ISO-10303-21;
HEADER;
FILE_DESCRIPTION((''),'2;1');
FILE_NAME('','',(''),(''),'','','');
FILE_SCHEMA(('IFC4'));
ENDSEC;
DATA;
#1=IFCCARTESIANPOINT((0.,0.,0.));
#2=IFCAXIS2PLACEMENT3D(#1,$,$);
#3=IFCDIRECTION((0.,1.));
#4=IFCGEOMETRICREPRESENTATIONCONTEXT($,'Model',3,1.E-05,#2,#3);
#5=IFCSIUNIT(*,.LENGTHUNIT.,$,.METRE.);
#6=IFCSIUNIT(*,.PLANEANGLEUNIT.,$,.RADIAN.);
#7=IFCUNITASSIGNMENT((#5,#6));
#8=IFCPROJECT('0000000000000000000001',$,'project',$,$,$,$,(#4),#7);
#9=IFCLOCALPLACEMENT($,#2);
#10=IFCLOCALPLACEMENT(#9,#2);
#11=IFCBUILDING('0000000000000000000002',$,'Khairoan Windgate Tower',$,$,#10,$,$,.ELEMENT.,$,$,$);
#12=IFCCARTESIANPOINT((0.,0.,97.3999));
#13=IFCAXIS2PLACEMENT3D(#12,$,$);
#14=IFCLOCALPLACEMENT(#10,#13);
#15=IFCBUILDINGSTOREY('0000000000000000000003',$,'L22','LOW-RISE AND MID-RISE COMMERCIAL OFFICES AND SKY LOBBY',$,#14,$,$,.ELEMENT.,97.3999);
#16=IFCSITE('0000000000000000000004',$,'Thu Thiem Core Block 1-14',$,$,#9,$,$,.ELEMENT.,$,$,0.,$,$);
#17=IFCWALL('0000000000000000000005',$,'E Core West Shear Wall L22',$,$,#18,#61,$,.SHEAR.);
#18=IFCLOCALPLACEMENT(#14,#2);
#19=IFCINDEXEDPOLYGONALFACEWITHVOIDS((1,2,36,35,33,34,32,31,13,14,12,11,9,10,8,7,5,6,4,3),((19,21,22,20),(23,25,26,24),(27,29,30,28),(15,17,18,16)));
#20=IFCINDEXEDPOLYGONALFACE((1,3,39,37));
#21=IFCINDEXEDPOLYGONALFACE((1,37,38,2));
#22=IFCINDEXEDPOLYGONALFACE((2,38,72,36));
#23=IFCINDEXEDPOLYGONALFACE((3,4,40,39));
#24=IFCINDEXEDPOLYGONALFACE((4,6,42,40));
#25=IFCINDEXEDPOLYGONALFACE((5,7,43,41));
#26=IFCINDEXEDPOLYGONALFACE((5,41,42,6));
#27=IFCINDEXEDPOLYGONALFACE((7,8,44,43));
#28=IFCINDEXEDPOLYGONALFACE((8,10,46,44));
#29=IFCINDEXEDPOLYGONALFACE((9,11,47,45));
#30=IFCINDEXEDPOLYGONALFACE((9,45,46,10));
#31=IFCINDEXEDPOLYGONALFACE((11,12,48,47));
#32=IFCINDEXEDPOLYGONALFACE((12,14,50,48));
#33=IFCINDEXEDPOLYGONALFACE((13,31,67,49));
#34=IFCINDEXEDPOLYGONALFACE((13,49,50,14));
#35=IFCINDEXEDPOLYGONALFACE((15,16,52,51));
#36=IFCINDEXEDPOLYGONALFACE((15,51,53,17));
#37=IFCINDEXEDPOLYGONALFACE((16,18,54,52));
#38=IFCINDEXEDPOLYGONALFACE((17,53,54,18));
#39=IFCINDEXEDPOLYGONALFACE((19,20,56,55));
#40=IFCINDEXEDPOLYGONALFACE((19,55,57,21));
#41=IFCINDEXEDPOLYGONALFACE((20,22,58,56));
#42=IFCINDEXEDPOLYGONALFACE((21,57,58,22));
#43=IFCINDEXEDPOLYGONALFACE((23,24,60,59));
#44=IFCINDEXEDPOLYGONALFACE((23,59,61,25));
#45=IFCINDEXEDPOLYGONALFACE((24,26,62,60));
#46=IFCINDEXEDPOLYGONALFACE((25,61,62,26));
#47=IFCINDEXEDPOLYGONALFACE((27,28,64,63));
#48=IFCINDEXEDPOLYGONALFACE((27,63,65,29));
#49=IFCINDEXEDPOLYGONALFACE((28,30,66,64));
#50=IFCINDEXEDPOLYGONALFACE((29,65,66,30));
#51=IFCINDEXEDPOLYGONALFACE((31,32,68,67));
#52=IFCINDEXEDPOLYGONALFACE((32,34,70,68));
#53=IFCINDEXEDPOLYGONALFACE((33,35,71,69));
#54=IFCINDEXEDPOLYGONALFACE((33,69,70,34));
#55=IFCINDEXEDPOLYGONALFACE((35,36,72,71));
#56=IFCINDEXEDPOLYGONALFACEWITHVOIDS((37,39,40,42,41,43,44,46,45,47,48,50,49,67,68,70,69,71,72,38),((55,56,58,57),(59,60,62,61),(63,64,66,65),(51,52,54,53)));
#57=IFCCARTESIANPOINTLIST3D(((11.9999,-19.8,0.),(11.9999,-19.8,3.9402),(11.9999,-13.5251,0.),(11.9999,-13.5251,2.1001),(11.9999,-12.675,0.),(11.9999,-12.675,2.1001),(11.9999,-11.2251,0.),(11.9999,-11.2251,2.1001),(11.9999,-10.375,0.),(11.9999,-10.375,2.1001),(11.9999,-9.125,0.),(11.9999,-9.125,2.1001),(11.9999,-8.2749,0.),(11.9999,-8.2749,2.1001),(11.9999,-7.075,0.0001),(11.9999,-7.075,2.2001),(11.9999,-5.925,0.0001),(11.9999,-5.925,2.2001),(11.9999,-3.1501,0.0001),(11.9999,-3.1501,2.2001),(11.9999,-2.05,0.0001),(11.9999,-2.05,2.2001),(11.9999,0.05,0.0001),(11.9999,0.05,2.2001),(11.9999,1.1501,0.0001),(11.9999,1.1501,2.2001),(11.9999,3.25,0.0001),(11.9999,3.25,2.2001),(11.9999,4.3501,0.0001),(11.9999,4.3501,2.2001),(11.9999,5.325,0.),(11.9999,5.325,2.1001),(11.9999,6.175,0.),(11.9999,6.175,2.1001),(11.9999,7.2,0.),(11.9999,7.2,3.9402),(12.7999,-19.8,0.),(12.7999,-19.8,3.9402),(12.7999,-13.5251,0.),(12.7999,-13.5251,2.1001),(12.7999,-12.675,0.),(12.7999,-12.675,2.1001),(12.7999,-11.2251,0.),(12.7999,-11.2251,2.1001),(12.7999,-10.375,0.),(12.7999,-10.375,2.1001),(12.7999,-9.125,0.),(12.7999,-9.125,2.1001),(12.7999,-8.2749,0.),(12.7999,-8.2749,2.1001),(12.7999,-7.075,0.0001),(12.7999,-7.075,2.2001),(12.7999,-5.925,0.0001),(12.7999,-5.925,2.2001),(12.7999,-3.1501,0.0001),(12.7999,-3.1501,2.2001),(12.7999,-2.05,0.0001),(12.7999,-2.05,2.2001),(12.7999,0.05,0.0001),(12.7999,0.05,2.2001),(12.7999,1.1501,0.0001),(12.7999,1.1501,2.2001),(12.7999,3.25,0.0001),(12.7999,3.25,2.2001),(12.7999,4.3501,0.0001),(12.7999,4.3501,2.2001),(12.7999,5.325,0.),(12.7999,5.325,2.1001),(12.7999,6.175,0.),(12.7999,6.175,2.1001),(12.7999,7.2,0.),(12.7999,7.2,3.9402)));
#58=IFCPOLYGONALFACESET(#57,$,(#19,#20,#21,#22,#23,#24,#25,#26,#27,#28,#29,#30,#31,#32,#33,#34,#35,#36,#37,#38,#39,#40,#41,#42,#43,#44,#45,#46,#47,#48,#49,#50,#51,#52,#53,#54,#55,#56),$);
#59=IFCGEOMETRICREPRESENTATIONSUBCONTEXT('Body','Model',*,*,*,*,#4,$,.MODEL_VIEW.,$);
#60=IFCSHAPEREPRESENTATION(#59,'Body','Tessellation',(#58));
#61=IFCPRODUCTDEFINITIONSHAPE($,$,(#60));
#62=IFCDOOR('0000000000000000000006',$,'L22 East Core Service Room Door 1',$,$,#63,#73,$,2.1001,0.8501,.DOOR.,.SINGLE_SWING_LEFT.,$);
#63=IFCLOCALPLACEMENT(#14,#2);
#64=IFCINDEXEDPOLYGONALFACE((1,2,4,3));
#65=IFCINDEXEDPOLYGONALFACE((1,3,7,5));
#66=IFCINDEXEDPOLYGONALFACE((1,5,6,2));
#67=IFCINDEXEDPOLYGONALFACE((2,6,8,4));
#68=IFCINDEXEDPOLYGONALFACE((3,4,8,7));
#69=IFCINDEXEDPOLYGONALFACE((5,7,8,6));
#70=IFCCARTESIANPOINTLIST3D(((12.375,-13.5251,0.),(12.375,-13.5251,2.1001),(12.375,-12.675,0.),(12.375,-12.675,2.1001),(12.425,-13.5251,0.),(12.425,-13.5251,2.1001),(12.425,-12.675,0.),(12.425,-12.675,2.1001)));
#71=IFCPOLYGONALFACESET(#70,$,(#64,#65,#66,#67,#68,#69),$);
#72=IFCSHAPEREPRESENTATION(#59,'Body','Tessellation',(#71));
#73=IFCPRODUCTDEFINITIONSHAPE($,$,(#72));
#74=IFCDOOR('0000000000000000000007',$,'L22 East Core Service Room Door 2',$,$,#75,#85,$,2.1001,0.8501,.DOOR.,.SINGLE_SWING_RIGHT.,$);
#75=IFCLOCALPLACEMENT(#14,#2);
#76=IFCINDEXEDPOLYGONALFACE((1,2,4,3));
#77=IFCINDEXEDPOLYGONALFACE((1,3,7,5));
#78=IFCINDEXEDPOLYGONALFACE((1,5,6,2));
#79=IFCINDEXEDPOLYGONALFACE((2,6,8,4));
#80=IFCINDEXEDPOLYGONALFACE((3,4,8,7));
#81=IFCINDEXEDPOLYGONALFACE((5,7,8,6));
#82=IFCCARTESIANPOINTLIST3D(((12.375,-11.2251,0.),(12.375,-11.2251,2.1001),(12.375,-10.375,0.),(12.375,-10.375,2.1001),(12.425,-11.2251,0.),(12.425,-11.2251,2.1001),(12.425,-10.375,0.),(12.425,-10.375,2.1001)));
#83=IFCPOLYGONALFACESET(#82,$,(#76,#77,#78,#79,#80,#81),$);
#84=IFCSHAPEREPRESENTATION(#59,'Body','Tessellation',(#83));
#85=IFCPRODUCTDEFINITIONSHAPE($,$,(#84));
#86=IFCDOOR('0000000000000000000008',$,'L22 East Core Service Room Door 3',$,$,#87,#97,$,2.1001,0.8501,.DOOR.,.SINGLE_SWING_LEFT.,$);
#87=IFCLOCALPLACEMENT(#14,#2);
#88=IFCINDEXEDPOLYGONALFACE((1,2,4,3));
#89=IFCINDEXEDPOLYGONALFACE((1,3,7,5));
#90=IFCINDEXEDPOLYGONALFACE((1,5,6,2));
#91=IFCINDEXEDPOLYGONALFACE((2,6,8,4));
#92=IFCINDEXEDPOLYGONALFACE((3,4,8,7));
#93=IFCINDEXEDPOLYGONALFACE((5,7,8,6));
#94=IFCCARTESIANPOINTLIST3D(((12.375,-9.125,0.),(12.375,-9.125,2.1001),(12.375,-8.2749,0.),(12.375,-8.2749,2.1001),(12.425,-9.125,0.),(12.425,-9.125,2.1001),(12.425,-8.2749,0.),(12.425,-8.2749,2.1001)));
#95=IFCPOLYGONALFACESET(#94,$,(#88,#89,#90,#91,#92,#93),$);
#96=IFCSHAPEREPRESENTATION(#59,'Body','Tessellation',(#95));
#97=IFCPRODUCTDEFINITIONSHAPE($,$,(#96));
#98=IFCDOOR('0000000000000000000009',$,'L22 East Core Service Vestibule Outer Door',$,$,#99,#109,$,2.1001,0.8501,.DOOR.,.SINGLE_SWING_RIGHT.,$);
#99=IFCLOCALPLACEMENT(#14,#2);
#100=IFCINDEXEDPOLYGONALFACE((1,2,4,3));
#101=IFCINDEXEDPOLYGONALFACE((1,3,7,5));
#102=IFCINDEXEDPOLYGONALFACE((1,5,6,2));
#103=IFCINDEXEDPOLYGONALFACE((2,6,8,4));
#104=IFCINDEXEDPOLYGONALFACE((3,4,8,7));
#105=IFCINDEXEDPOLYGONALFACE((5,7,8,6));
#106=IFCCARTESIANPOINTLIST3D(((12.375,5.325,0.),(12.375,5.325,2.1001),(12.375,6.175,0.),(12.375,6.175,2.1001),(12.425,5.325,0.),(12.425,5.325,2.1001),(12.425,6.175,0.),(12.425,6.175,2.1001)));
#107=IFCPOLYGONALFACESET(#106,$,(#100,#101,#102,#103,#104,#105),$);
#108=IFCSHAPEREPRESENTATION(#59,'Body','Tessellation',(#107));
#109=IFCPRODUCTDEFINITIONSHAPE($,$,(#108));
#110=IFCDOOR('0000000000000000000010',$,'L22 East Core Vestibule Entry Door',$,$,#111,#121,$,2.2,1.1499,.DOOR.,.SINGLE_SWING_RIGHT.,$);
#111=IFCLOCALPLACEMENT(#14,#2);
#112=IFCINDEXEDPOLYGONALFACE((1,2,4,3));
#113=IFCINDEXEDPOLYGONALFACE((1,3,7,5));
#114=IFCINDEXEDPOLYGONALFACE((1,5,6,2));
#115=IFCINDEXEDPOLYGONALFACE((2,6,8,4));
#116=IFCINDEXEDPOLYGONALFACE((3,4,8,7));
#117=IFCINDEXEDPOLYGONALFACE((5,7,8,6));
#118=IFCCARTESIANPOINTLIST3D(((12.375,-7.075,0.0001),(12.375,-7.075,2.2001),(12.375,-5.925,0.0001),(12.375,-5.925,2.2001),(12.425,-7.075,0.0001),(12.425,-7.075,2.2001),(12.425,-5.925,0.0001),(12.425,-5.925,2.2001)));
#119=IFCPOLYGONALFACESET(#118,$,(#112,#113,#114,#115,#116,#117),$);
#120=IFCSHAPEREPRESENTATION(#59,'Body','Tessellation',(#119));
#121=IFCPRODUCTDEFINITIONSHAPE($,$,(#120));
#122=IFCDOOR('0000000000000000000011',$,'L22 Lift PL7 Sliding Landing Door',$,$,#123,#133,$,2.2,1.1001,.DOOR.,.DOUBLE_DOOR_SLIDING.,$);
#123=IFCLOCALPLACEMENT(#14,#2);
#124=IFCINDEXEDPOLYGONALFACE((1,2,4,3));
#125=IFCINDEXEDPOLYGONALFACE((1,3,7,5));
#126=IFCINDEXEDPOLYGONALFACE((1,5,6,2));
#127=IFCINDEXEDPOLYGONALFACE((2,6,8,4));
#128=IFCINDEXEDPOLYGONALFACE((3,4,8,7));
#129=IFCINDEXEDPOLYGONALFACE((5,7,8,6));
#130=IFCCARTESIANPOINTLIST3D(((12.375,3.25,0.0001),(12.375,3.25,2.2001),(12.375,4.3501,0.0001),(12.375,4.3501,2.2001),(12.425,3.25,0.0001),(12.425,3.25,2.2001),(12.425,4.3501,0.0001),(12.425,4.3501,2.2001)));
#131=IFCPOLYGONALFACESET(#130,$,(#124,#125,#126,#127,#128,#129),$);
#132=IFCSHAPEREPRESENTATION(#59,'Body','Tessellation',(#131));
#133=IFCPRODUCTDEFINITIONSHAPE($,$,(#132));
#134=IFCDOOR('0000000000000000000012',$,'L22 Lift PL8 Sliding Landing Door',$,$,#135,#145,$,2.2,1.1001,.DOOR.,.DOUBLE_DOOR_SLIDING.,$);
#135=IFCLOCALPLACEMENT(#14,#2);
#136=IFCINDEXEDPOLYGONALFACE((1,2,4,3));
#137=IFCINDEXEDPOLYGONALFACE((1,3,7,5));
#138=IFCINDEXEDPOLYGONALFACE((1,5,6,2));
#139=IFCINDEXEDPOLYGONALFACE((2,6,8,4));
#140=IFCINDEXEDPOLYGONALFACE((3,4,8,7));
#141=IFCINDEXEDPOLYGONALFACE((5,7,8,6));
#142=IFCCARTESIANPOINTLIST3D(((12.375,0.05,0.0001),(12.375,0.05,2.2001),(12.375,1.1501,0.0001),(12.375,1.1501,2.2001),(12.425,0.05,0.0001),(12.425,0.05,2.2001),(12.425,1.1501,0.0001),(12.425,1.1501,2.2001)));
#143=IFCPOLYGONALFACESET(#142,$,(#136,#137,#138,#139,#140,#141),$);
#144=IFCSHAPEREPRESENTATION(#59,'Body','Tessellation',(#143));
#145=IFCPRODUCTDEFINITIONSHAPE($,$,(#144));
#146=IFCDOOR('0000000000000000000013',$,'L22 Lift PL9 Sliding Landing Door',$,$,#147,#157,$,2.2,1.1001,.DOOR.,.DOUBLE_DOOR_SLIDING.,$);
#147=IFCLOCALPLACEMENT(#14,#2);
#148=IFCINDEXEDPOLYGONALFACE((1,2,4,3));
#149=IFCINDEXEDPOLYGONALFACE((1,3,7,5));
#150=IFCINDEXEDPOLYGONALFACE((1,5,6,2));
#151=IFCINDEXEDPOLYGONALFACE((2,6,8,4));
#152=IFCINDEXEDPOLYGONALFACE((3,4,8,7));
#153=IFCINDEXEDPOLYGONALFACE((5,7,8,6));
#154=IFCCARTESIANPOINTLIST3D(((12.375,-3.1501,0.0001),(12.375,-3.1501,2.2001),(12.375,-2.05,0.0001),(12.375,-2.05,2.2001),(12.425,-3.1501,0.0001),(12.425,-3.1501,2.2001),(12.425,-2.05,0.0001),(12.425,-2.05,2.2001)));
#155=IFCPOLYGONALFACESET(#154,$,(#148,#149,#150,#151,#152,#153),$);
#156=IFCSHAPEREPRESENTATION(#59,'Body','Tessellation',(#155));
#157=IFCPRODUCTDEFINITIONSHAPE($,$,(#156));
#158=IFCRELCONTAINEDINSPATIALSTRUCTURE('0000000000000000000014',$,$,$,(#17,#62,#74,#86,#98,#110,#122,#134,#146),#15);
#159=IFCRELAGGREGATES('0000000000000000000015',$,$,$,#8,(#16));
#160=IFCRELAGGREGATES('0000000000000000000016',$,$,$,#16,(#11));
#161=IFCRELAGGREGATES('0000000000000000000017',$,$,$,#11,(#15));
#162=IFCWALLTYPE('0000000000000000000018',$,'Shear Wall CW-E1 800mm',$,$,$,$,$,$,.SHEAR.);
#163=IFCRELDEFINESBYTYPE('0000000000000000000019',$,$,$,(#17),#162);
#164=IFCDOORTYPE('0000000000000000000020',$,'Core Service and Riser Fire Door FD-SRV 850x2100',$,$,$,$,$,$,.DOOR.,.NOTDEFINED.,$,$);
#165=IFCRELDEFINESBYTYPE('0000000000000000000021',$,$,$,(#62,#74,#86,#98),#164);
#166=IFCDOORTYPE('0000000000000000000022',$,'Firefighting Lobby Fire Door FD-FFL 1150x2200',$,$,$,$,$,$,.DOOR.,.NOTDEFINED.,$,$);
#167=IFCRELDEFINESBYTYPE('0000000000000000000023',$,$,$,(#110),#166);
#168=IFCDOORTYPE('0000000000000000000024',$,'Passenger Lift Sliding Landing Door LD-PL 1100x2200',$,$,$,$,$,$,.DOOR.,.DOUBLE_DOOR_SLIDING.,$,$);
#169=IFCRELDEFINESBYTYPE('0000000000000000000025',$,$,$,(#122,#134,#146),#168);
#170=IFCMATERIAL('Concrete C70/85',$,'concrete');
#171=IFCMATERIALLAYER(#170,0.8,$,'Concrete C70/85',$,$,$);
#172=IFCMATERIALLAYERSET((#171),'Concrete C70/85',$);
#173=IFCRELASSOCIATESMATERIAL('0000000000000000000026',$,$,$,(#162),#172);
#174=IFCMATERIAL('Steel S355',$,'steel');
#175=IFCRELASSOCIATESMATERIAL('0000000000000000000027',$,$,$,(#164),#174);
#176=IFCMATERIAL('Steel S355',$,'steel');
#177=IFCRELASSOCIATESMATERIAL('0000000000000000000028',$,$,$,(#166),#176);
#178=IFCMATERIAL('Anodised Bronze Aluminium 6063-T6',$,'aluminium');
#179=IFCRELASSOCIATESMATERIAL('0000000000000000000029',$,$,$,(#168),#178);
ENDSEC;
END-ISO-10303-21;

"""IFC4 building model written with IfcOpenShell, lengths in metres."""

from ifc_helpers import new_model, si_unit, direction, frame, frame_2d, origin, place, context, subcontext, project, spatial, rectangle, extrude, material, layer, layer_set, type_object, element, fill, save


model = new_model("IFC4")

# Units and contexts
model_context = context("Model", 3, precision=1e-05, world=origin(), true_north=direction((0.0, 1.0)))
body_context = subcontext(model_context, "Body", "Model", "MODEL_VIEW")
ifc_project = project(units=[si_unit("LENGTHUNIT", "METRE"), si_unit("PLANEANGLEUNIT", "RADIAN")], contexts=[model_context])

# Site, building, storey
site_placement = place(None, origin())
site = spatial("IfcSite", under=ifc_project, at=site_placement, Name="Thu Thiem Core Block 1-14", CompositionType="ELEMENT", RefElevation=0.0)
building_placement = place(site_placement, origin())
building = spatial("IfcBuilding", under=site, at=building_placement, Name="Khairoan Windgate Tower", CompositionType="ELEMENT")
storey_placement = place(building_placement, frame((0.0, 0.0, 97.3999)))
storey = spatial("IfcBuildingStorey", under=building, at=storey_placement, Name="L22", Description="LOW-RISE AND MID-RISE COMMERCIAL OFFICES AND SKY LOBBY", CompositionType="ELEMENT", Elevation=97.3999)

# Wall, openings, doors
ifc_material_1 = material(Name="Concrete C70/85", Category="concrete")
ifc_layer_1 = layer(ifc_material_1, 0.8, Name="Concrete C70/85")
ifc_layer_set_1 = layer_set([ifc_layer_1], Name="Concrete C70/85")
wall_type_1 = type_object("IfcWallType", Name="Shear Wall CW-E1 800mm", PredefinedType="SHEAR", material=ifc_layer_set_1)
wall_1_placement = place(storey_placement, frame((12.3999, -19.8, 0.0), z_axis=(0.0, 0.0, 1.0), x_axis=(0.0, 1.0, 0.0)))
wall_1 = element("IfcWall", 1, at=wall_1_placement, inside=storey, type_object=wall_type_1, Name="E Core West Shear Wall L22", PredefinedType="SHEAR", context=body_context, shape_type="SweptSolid", body=[
    extrude(rectangle(XDim=27.0, YDim=0.8, at=frame_2d((13.5, 0.0))), origin(), (0.0, 0.0, 1.0), 3.9402),
])
opening_1_placement = place(wall_1_placement, frame((23.05, 0.0, 0.0)))
opening_1 = element("IfcOpeningElement", 2, at=opening_1_placement, cuts=wall_1, PredefinedType="OPENING", context=body_context, shape_type="SweptSolid", body=[
    extrude(rectangle(XDim=1.1001, YDim=2.2, at=frame_2d((0.55, 1.1001))), frame((0.0, 0.4099, 0.0), z_axis=(0.0, -1.0, 0.0), x_axis=(1.0, 0.0, 0.0)), (0.0, 0.0, 1.0), 0.8201),
])
opening_2_placement = place(wall_1_placement, frame((19.8501, 0.0, 0.0)))
opening_2 = element("IfcOpeningElement", 3, at=opening_2_placement, cuts=wall_1, PredefinedType="OPENING", context=body_context, shape_type="SweptSolid", body=[
    extrude(rectangle(XDim=1.1001, YDim=2.2, at=frame_2d((0.55, 1.1001))), frame((0.0, 0.4099, 0.0), z_axis=(0.0, -1.0, 0.0), x_axis=(1.0, 0.0, 0.0)), (0.0, 0.0, 1.0), 0.8201),
])
opening_3_placement = place(wall_1_placement, frame((16.6499, 0.0, 0.0)))
opening_3 = element("IfcOpeningElement", 4, at=opening_3_placement, cuts=wall_1, PredefinedType="OPENING", context=body_context, shape_type="SweptSolid", body=[
    extrude(rectangle(XDim=1.1001, YDim=2.2, at=frame_2d((0.55, 1.1001))), frame((0.0, 0.4099, 0.0), z_axis=(0.0, -1.0, 0.0), x_axis=(1.0, 0.0, 0.0)), (0.0, 0.0, 1.0), 0.8201),
])
opening_4_placement = place(wall_1_placement, frame((6.2749, 0.0, 0.0)))
opening_4 = element("IfcOpeningElement", 5, at=opening_4_placement, cuts=wall_1, PredefinedType="OPENING", context=body_context, shape_type="SweptSolid", body=[
    extrude(rectangle(XDim=0.8501, YDim=2.1001, at=frame_2d((0.425, 1.05))), frame((0.0, 0.4099, 0.0), z_axis=(0.0, -1.0, 0.0), x_axis=(1.0, 0.0, 0.0)), (0.0, 0.0, 1.0), 0.8201),
])
opening_5_placement = place(wall_1_placement, frame((8.575, 0.0, 0.0)))
opening_5 = element("IfcOpeningElement", 6, at=opening_5_placement, cuts=wall_1, PredefinedType="OPENING", context=body_context, shape_type="SweptSolid", body=[
    extrude(rectangle(XDim=0.8501, YDim=2.1001, at=frame_2d((0.425, 1.05))), frame((0.0, 0.4099, 0.0), z_axis=(0.0, -1.0, 0.0), x_axis=(1.0, 0.0, 0.0)), (0.0, 0.0, 1.0), 0.8201),
])
opening_6_placement = place(wall_1_placement, frame((10.675, 0.0, 0.0)))
opening_6 = element("IfcOpeningElement", 7, at=opening_6_placement, cuts=wall_1, PredefinedType="OPENING", context=body_context, shape_type="SweptSolid", body=[
    extrude(rectangle(XDim=0.8501, YDim=2.1001, at=frame_2d((0.425, 1.05))), frame((0.0, 0.4099, 0.0), z_axis=(0.0, -1.0, 0.0), x_axis=(1.0, 0.0, 0.0)), (0.0, 0.0, 1.0), 0.8201),
])
opening_7_placement = place(wall_1_placement, frame((12.7251, 0.0, 0.0)))
opening_7 = element("IfcOpeningElement", 8, at=opening_7_placement, cuts=wall_1, PredefinedType="OPENING", context=body_context, shape_type="SweptSolid", body=[
    extrude(rectangle(XDim=1.1499, YDim=2.2, at=frame_2d((0.575, 1.1001))), frame((0.0, 0.4099, 0.0), z_axis=(0.0, -1.0, 0.0), x_axis=(1.0, 0.0, 0.0)), (0.0, 0.0, 1.0), 0.8201),
])
opening_8_placement = place(wall_1_placement, frame((25.125, 0.0, 0.0)))
opening_8 = element("IfcOpeningElement", 9, at=opening_8_placement, cuts=wall_1, PredefinedType="OPENING", context=body_context, shape_type="SweptSolid", body=[
    extrude(rectangle(XDim=0.8501, YDim=2.1001, at=frame_2d((0.425, 1.05))), frame((0.0, 0.4099, 0.0), z_axis=(0.0, -1.0, 0.0), x_axis=(1.0, 0.0, 0.0)), (0.0, 0.0, 1.0), 0.8201),
])
ifc_material_2 = material(Name="Steel S355", Category="steel")
door_type_1 = type_object("IfcDoorType", Name="Core Service and Riser Fire Door FD-SRV 850x2100", OperationType="NOTDEFINED", PredefinedType="DOOR", material=ifc_material_2)
door_1_placement = place(opening_4_placement, origin())
door_1 = element("IfcDoor", 10, at=door_1_placement, inside=storey, type_object=door_type_1, Name="L22 East Core Service Room Door 1", OperationType="SINGLE_SWING_LEFT", OverallHeight=2.1001, OverallWidth=0.8501, PredefinedType="DOOR", context=body_context, shape_type="SweptSolid", body=[
    extrude(rectangle(XDim=0.8501, YDim=2.1001, at=frame_2d((0.425, 1.05))), frame((0.0, 0.0249, 0.0), z_axis=(0.0, -1.0, 0.0), x_axis=(1.0, 0.0, 0.0)), (0.0, 0.0, 1.0), 0.05),
])
fill(opening_4, door_1)
door_2_placement = place(opening_5_placement, origin())
door_2 = element("IfcDoor", 11, at=door_2_placement, inside=storey, type_object=door_type_1, Name="L22 East Core Service Room Door 2", OperationType="SINGLE_SWING_RIGHT", OverallHeight=2.1001, OverallWidth=0.8501, PredefinedType="DOOR", context=body_context, shape_type="SweptSolid", body=[
    extrude(rectangle(XDim=0.8501, YDim=2.1001, at=frame_2d((0.425, 1.05))), frame((0.0, 0.0249, 0.0), z_axis=(0.0, -1.0, 0.0), x_axis=(1.0, 0.0, 0.0)), (0.0, 0.0, 1.0), 0.05),
])
fill(opening_5, door_2)
door_3_placement = place(opening_6_placement, origin())
door_3 = element("IfcDoor", 12, at=door_3_placement, inside=storey, type_object=door_type_1, Name="L22 East Core Service Room Door 3", OperationType="SINGLE_SWING_LEFT", OverallHeight=2.1001, OverallWidth=0.8501, PredefinedType="DOOR", context=body_context, shape_type="SweptSolid", body=[
    extrude(rectangle(XDim=0.8501, YDim=2.1001, at=frame_2d((0.425, 1.05))), frame((0.0, 0.0249, 0.0), z_axis=(0.0, -1.0, 0.0), x_axis=(1.0, 0.0, 0.0)), (0.0, 0.0, 1.0), 0.05),
])
fill(opening_6, door_3)
door_4_placement = place(opening_8_placement, origin())
door_4 = element("IfcDoor", 13, at=door_4_placement, inside=storey, type_object=door_type_1, Name="L22 East Core Service Vestibule Outer Door", OperationType="SINGLE_SWING_RIGHT", OverallHeight=2.1001, OverallWidth=0.8501, PredefinedType="DOOR", context=body_context, shape_type="SweptSolid", body=[
    extrude(rectangle(XDim=0.8501, YDim=2.1001, at=frame_2d((0.425, 1.05))), frame((0.0, 0.0249, 0.0), z_axis=(0.0, -1.0, 0.0), x_axis=(1.0, 0.0, 0.0)), (0.0, 0.0, 1.0), 0.05),
])
fill(opening_8, door_4)
ifc_material_3 = material(Name="Steel S355", Category="steel")
door_type_2 = type_object("IfcDoorType", Name="Firefighting Lobby Fire Door FD-FFL 1150x2200", OperationType="NOTDEFINED", PredefinedType="DOOR", material=ifc_material_3)
door_5_placement = place(opening_7_placement, origin())
door_5 = element("IfcDoor", 14, at=door_5_placement, inside=storey, type_object=door_type_2, Name="L22 East Core Vestibule Entry Door", OperationType="SINGLE_SWING_RIGHT", OverallHeight=2.2, OverallWidth=1.1499, PredefinedType="DOOR", context=body_context, shape_type="SweptSolid", body=[
    extrude(rectangle(XDim=1.1499, YDim=2.2, at=frame_2d((0.575, 1.1001))), frame((0.0, 0.0249, 0.0), z_axis=(0.0, -1.0, 0.0), x_axis=(1.0, 0.0, 0.0)), (0.0, 0.0, 1.0), 0.05),
])
fill(opening_7, door_5)
ifc_material_4 = material(Name="Anodised Bronze Aluminium 6063-T6", Category="aluminium")
door_type_3 = type_object("IfcDoorType", Name="Passenger Lift Sliding Landing Door LD-PL 1100x2200", OperationType="DOUBLE_DOOR_SLIDING", PredefinedType="DOOR", material=ifc_material_4)
door_6_placement = place(opening_1_placement, origin())
door_6 = element("IfcDoor", 15, at=door_6_placement, inside=storey, type_object=door_type_3, Name="L22 Lift PL7 Sliding Landing Door", OperationType="DOUBLE_DOOR_SLIDING", OverallHeight=2.2, OverallWidth=1.1001, PredefinedType="DOOR", context=body_context, shape_type="SweptSolid", body=[
    extrude(rectangle(XDim=1.1001, YDim=2.2, at=frame_2d((0.55, 1.1001))), frame((0.0, 0.0249, 0.0), z_axis=(0.0, -1.0, 0.0), x_axis=(1.0, 0.0, 0.0)), (0.0, 0.0, 1.0), 0.05),
])
fill(opening_1, door_6)
door_7_placement = place(opening_2_placement, origin())
door_7 = element("IfcDoor", 16, at=door_7_placement, inside=storey, type_object=door_type_3, Name="L22 Lift PL8 Sliding Landing Door", OperationType="DOUBLE_DOOR_SLIDING", OverallHeight=2.2, OverallWidth=1.1001, PredefinedType="DOOR", context=body_context, shape_type="SweptSolid", body=[
    extrude(rectangle(XDim=1.1001, YDim=2.2, at=frame_2d((0.55, 1.1001))), frame((0.0, 0.0249, 0.0), z_axis=(0.0, -1.0, 0.0), x_axis=(1.0, 0.0, 0.0)), (0.0, 0.0, 1.0), 0.05),
])
fill(opening_2, door_7)
door_8_placement = place(opening_3_placement, origin())
door_8 = element("IfcDoor", 17, at=door_8_placement, inside=storey, type_object=door_type_3, Name="L22 Lift PL9 Sliding Landing Door", OperationType="DOUBLE_DOOR_SLIDING", OverallHeight=2.2, OverallWidth=1.1001, PredefinedType="DOOR", context=body_context, shape_type="SweptSolid", body=[
    extrude(rectangle(XDim=1.1001, YDim=2.2, at=frame_2d((0.55, 1.1001))), frame((0.0, 0.0249, 0.0), z_axis=(0.0, -1.0, 0.0), x_axis=(1.0, 0.0, 0.0)), (0.0, 0.0, 1.0), 0.05),
])
fill(opening_3, door_8)

save(model, "model.ifc")
